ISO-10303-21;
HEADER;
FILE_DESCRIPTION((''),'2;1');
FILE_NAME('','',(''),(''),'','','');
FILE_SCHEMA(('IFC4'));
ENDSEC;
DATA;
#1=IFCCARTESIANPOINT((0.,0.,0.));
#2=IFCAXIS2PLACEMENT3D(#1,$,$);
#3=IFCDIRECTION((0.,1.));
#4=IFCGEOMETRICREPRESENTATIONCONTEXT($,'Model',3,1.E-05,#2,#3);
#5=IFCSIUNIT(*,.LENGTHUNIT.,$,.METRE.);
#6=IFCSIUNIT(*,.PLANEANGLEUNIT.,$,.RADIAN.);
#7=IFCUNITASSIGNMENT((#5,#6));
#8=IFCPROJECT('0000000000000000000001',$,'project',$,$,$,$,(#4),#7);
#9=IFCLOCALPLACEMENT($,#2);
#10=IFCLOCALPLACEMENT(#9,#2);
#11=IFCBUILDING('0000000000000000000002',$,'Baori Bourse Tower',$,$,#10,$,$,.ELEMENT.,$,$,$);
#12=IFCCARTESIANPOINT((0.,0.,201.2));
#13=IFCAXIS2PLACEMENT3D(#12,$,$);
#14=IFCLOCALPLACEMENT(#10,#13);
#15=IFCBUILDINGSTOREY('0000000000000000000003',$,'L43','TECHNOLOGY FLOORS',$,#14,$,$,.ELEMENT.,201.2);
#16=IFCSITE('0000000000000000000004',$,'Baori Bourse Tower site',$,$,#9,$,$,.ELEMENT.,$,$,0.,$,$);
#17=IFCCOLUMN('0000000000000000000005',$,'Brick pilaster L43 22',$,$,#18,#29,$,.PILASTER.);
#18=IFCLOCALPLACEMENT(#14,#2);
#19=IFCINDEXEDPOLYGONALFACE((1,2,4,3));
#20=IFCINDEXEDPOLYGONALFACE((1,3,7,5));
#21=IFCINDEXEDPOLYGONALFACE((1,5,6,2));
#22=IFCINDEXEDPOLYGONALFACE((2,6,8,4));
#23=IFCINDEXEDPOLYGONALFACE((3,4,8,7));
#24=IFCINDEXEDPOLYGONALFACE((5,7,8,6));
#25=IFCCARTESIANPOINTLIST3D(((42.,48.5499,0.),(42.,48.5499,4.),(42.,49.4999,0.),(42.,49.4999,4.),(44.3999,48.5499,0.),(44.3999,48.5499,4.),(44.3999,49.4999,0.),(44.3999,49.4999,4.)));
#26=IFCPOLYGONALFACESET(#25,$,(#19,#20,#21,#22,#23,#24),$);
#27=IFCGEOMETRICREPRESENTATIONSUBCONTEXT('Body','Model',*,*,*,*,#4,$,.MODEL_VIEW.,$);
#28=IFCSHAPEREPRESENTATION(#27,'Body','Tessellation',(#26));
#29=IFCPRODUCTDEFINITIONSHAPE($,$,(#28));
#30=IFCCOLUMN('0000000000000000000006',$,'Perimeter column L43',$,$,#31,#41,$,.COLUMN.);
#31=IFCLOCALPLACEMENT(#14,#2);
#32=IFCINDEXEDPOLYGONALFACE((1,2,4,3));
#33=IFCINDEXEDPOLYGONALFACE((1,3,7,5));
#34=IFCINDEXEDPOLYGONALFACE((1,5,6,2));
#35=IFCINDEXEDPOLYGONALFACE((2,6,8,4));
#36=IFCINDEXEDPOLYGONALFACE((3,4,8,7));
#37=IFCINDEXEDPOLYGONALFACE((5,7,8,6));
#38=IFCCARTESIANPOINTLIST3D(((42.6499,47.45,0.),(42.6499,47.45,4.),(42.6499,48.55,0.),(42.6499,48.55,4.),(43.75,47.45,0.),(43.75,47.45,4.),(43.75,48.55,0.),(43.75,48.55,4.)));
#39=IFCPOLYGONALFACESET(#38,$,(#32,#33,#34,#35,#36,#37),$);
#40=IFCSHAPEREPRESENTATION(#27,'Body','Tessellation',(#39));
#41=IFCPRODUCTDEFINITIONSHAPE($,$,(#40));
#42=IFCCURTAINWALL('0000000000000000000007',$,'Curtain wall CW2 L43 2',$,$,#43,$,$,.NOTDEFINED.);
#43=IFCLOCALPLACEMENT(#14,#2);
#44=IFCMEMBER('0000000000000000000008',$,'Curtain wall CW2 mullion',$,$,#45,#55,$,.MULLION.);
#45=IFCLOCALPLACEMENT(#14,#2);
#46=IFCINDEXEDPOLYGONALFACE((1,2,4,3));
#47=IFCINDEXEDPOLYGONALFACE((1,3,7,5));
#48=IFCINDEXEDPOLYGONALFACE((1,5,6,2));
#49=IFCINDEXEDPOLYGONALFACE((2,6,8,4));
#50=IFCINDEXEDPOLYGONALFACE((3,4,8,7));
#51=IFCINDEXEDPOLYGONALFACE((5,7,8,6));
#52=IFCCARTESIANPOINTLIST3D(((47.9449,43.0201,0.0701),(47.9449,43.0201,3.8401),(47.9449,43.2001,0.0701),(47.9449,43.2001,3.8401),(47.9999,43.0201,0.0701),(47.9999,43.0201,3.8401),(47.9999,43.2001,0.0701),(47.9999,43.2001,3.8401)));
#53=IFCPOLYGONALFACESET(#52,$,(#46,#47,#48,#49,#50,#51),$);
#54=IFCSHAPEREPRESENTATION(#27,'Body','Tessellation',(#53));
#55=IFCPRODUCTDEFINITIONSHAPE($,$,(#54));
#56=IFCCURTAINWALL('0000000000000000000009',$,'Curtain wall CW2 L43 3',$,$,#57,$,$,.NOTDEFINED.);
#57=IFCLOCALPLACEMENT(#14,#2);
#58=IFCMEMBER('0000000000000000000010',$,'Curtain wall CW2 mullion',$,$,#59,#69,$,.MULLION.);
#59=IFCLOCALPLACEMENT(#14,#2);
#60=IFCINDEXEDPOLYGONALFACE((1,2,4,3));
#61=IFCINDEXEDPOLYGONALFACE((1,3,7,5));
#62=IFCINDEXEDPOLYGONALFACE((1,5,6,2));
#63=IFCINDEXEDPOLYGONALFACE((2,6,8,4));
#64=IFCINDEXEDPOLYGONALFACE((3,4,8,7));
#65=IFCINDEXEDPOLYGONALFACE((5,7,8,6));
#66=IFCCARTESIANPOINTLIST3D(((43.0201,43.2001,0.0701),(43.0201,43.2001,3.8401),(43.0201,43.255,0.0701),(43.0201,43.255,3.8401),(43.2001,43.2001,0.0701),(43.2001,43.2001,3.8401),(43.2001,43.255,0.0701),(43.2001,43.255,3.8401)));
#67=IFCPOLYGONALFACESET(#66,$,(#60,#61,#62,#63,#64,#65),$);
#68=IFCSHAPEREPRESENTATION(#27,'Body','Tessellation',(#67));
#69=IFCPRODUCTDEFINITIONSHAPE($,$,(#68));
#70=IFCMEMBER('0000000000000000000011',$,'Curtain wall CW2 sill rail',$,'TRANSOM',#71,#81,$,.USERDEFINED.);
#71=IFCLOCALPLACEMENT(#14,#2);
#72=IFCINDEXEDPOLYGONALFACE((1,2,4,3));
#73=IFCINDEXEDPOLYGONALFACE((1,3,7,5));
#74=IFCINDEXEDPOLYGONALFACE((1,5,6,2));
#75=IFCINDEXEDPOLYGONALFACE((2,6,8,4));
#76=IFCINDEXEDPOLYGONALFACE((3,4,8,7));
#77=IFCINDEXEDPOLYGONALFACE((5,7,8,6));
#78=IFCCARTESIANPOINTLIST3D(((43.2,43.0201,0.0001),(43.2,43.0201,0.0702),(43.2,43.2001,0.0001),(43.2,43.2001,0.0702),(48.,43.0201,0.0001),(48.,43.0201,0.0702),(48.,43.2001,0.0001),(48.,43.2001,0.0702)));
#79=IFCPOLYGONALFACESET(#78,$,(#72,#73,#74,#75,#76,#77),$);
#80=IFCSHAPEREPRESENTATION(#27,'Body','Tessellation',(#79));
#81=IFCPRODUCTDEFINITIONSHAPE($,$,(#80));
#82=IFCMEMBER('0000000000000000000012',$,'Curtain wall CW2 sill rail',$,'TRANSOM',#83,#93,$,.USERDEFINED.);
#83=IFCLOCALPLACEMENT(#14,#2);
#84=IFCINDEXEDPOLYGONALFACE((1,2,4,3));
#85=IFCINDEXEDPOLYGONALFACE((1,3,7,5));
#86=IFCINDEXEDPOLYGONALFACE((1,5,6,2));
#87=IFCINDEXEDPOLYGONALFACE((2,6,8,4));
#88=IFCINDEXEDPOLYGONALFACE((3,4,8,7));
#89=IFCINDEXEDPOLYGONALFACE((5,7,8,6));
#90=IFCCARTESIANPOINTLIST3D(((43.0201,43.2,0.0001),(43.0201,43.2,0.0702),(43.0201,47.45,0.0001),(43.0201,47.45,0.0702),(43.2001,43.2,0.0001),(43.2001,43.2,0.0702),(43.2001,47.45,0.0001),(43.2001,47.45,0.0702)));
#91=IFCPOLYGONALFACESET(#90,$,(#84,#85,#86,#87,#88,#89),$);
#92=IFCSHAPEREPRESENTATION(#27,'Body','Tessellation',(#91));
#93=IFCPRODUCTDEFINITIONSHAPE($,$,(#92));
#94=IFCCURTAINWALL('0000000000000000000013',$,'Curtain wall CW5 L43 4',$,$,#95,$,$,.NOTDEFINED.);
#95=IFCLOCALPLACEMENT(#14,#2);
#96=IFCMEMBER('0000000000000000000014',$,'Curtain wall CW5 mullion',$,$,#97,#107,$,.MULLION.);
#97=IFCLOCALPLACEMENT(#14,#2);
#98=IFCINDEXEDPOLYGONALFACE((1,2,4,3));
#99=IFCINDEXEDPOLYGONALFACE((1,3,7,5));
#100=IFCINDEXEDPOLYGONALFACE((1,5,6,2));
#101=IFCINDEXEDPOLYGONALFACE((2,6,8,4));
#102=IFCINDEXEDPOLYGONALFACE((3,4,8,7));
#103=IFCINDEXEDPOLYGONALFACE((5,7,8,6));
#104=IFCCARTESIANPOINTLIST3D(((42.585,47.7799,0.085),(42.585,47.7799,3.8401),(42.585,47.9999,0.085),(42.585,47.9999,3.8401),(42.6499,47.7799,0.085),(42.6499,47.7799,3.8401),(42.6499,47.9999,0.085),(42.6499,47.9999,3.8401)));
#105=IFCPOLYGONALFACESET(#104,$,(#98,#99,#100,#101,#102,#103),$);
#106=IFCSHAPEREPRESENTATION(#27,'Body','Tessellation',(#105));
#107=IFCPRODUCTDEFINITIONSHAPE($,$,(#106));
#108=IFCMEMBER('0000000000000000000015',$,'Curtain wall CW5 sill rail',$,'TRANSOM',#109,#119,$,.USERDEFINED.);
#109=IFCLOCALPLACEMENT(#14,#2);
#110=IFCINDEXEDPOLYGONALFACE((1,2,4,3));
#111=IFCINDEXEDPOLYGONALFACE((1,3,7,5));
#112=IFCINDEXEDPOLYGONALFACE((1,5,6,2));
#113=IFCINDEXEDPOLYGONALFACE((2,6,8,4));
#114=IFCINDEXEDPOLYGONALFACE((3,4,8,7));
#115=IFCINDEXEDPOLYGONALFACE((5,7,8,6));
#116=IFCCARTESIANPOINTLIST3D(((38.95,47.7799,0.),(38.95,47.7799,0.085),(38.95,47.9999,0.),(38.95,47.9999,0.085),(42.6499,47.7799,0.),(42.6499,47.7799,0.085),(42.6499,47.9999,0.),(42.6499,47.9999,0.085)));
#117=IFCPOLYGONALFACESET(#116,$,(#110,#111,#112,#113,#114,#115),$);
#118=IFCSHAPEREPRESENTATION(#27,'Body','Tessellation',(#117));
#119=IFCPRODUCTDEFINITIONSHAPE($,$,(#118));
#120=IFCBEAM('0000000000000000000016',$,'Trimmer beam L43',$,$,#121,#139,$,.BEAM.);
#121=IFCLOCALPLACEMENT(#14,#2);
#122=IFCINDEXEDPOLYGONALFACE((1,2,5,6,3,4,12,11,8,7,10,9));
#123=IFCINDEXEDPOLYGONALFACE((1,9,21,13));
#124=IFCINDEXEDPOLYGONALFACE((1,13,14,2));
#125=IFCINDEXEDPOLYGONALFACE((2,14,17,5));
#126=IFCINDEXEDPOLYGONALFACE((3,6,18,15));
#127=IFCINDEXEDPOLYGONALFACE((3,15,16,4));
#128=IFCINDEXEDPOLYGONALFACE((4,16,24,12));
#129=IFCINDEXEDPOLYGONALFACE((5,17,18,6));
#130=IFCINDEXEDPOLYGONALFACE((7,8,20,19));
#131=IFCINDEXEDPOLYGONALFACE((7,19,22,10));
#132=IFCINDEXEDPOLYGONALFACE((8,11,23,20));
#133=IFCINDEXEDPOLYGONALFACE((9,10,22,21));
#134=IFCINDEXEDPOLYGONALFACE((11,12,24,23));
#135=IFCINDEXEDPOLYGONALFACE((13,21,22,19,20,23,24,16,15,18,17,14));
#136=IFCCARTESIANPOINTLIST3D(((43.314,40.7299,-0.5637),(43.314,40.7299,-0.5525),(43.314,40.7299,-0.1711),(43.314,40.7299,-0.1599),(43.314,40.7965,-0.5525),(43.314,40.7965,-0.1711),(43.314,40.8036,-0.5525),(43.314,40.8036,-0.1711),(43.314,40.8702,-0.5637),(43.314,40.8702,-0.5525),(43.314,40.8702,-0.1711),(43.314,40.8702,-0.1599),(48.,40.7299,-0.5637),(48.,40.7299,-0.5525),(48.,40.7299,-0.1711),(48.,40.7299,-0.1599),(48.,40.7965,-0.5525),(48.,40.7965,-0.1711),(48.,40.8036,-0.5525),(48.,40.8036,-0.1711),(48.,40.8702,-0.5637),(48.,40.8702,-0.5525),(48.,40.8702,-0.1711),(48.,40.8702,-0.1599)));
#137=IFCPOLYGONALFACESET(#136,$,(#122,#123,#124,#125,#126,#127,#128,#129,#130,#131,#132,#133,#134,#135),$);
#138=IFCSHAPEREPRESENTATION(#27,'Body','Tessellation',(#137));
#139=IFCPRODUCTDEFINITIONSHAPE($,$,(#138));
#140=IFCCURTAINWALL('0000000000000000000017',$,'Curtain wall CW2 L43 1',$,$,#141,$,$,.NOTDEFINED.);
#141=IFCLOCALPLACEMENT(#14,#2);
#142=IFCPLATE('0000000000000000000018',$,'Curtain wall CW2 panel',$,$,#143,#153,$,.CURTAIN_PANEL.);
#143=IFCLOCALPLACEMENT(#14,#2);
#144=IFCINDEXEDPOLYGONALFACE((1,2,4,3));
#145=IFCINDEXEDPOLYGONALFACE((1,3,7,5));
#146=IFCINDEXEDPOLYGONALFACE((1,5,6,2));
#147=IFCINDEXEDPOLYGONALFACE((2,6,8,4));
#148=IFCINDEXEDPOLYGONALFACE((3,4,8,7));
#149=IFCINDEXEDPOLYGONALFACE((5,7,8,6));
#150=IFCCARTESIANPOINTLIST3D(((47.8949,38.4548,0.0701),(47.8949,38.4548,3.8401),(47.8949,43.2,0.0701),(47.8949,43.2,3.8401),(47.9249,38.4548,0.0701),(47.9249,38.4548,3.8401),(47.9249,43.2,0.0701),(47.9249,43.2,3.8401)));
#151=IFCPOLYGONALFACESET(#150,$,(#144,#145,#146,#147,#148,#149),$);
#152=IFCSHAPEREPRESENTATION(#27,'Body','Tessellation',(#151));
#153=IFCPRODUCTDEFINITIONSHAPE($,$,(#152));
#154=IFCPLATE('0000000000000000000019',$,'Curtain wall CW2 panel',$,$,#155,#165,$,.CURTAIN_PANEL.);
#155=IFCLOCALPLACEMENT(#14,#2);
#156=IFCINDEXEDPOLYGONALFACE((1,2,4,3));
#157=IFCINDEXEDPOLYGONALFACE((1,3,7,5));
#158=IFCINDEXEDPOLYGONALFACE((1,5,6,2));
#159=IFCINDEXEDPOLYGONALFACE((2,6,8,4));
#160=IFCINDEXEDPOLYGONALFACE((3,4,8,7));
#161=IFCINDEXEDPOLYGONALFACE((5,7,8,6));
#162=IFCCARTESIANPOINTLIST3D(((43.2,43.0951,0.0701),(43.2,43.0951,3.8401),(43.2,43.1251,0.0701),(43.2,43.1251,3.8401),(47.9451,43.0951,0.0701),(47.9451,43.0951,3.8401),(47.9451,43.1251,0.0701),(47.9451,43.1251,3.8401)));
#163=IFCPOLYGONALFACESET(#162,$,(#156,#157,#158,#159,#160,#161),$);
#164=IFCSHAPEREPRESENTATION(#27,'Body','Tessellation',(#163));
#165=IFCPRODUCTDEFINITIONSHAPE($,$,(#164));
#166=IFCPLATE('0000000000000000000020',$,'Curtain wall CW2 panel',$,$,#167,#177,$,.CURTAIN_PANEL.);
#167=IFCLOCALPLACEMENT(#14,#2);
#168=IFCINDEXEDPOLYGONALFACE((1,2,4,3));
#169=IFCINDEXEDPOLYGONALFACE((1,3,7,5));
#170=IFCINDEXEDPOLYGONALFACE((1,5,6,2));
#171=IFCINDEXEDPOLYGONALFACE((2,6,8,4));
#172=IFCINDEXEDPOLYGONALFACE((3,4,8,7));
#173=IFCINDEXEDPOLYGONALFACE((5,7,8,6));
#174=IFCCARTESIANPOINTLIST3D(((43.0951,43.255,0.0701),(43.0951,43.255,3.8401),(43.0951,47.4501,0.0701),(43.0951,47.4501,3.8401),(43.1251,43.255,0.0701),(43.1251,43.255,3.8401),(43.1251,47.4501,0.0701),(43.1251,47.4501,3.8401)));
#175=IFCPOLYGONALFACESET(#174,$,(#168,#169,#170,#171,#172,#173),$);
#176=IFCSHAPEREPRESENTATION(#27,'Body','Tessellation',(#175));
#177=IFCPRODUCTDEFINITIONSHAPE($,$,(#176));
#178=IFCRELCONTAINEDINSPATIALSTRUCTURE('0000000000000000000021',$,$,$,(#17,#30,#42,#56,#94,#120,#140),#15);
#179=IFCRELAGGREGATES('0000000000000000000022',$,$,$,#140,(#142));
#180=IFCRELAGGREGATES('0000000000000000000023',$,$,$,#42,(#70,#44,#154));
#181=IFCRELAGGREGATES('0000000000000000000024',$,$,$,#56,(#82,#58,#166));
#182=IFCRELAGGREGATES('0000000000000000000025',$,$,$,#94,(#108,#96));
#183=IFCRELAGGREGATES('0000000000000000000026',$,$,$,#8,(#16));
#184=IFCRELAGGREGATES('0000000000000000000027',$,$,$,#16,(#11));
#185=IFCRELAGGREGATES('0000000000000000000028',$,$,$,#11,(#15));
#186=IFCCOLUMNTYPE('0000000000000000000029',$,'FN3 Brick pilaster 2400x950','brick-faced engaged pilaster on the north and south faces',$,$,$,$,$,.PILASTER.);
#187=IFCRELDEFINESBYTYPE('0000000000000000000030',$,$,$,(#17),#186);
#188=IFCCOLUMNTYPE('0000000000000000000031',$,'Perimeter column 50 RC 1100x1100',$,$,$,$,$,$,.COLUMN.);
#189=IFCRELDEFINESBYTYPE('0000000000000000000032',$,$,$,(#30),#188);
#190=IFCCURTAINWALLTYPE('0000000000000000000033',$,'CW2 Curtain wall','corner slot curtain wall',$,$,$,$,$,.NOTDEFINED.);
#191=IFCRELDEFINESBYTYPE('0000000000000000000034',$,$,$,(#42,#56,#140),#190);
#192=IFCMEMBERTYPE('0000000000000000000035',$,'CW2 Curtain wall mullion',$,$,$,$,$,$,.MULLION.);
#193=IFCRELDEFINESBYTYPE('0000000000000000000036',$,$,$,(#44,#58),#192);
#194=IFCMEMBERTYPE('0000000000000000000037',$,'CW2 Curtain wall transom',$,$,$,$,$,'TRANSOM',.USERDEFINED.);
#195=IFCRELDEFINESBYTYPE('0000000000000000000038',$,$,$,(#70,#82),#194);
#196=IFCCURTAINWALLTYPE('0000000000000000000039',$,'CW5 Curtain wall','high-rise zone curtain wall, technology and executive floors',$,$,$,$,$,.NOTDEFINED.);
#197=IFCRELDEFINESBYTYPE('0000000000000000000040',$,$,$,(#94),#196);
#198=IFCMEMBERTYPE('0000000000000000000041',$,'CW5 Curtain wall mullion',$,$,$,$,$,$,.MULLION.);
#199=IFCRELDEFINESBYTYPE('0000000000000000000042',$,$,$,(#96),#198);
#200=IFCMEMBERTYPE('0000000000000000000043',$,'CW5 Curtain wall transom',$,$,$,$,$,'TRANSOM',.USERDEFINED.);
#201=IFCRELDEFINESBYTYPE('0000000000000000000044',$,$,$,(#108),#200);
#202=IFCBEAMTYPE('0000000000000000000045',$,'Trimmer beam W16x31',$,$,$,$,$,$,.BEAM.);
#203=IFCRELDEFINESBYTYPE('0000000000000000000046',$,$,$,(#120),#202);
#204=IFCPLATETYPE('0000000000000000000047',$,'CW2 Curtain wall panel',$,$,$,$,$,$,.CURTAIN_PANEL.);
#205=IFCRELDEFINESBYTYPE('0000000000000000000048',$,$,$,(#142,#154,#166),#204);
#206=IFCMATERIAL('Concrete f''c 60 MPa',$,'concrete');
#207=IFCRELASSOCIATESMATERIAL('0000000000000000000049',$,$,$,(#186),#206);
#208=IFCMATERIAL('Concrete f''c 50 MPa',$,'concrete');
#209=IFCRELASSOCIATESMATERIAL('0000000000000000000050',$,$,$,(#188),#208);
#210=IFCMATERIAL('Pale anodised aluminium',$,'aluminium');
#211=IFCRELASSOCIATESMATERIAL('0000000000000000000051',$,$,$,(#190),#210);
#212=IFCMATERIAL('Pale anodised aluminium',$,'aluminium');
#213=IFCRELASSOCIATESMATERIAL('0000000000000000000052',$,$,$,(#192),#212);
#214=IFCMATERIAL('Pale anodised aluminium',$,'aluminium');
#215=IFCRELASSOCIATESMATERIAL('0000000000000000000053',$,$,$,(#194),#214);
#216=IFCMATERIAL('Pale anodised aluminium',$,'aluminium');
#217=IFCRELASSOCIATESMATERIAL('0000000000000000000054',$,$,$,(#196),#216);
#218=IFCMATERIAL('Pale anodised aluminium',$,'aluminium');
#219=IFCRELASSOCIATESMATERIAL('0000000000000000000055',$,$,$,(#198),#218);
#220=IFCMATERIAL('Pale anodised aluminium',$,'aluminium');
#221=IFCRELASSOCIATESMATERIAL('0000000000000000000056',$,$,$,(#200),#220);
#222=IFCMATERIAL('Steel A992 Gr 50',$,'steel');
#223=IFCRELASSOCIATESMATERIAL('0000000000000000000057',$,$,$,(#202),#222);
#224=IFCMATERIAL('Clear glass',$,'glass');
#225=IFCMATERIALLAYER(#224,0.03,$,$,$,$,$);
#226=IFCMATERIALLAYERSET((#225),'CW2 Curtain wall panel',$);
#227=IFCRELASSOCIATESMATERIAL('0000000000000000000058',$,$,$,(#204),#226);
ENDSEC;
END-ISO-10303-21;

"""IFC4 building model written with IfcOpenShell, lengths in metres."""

from ifc_helpers import new_model, si_unit, direction, frame, origin, origin_2d, place, context, subcontext, project, spatial, rectangle, i_section, extrude, material, layer, layer_set, material_profile, profile_set, type_object, element, aggregate, save


model = new_model("IFC4")

# Units and contexts
model_context = context("Model", 3, precision=1e-05, world=origin(), true_north=direction((0.0, 1.0)))
body_context = subcontext(model_context, "Body", "Model", "MODEL_VIEW")
ifc_project = project(units=[si_unit("LENGTHUNIT", "METRE"), si_unit("PLANEANGLEUNIT", "RADIAN")], contexts=[model_context])

# Site, building, storey
site_placement = place(None, origin())
site = spatial("IfcSite", under=ifc_project, at=site_placement, Name="Baori Bourse Tower site", CompositionType="ELEMENT", RefElevation=0.0)
building_placement = place(site_placement, origin())
building = spatial("IfcBuilding", under=site, at=building_placement, Name="Baori Bourse Tower", CompositionType="ELEMENT")
storey_placement = place(building_placement, frame((0.0, 0.0, 201.2)))
storey = spatial("IfcBuildingStorey", under=building, at=storey_placement, Name="L43", Description="TECHNOLOGY FLOORS", CompositionType="ELEMENT", Elevation=201.2)

# Columns
ifc_material_1 = material(Name="Concrete f'c 60 MPa", Category="concrete")
ifc_material_profile_1 = material_profile(ifc_material_1, rectangle(XDim=2.3999, YDim=0.95, at=origin_2d()), Name="RC 2400x950")
ifc_profile_set_1 = profile_set([ifc_material_profile_1], Name="Concrete f'c 60 MPa")
column_type_1 = type_object("IfcColumnType", Name="FN3 Brick pilaster 2400x950", Description="brick-faced engaged pilaster on the north and south faces", PredefinedType="PILASTER", material=ifc_profile_set_1)
column_1_placement = place(storey_placement, frame((43.2, 49.0249, 0.0), z_axis=(0.0, 0.0, 1.0), x_axis=(1.0, 0.0, 0.0)))
element("IfcColumn", 1, at=column_1_placement, inside=storey, type_object=column_type_1, Name="Brick pilaster L43 22", PredefinedType="PILASTER", context=body_context, shape_type="SweptSolid", body=[
    extrude(rectangle(XDim=2.3999, YDim=0.95, at=origin_2d()), origin(), (0.0, 0.0, 1.0), 4.0),
])
ifc_material_2 = material(Name="Concrete f'c 50 MPa", Category="concrete")
ifc_material_profile_2 = material_profile(ifc_material_2, rectangle(XDim=1.1001, YDim=1.1001, at=origin_2d()), Name="RC 1100x1100")
ifc_profile_set_2 = profile_set([ifc_material_profile_2], Name="Concrete f'c 50 MPa")
column_type_2 = type_object("IfcColumnType", Name="Perimeter column 50 RC 1100x1100", PredefinedType="COLUMN", material=ifc_profile_set_2)
column_2_placement = place(storey_placement, frame((43.2, 48.0, 0.0), z_axis=(0.0, 0.0, 1.0), x_axis=(1.0, 0.0, 0.0)))
element("IfcColumn", 2, at=column_2_placement, inside=storey, type_object=column_type_2, Name="Perimeter column L43", PredefinedType="COLUMN", context=body_context, shape_type="SweptSolid", body=[
    extrude(rectangle(XDim=1.1001, YDim=1.1001, at=origin_2d()), origin(), (0.0, 0.0, 1.0), 4.0),
])

# Curtain walls, members
ifc_material_3 = material(Name="Pale anodised aluminium", Category="aluminium")
curtain_wall_type_1 = type_object("IfcCurtainWallType", Name="CW2 Curtain wall", Description="corner slot curtain wall", PredefinedType="NOTDEFINED", material=ifc_material_3)
curtain_wall_1_placement = place(storey_placement, origin())
curtain_wall_1 = element("IfcCurtainWall", 3, at=curtain_wall_1_placement, inside=storey, type_object=curtain_wall_type_1, Name="Curtain wall CW2 L43 2", PredefinedType="NOTDEFINED")
ifc_material_4 = material(Name="Pale anodised aluminium", Category="aluminium")
ifc_material_profile_3 = material_profile(ifc_material_4, rectangle(XDim=0.1799, YDim=0.0549, at=origin_2d()), Name="Mullion 55x180")
ifc_profile_set_3 = profile_set([ifc_material_profile_3], Name="Pale anodised aluminium")
member_type_1 = type_object("IfcMemberType", Name="CW2 Curtain wall mullion", PredefinedType="MULLION", material=ifc_profile_set_3)
member_1_placement = place(storey_placement, frame((47.9724, 43.1101, 0.0701), z_axis=(0.0, 0.0, 1.0), x_axis=(0.0, -1.0, 0.0)))
member_1 = element("IfcMember", 4, at=member_1_placement, type_object=member_type_1, Name="Curtain wall CW2 mullion", PredefinedType="MULLION", context=body_context, shape_type="SweptSolid", body=[
    extrude(rectangle(XDim=0.1799, YDim=0.0549, at=origin_2d()), origin(), (0.0, 0.0, 1.0), 3.77),
])
curtain_wall_2_placement = place(storey_placement, origin())
curtain_wall_2 = element("IfcCurtainWall", 5, at=curtain_wall_2_placement, inside=storey, type_object=curtain_wall_type_1, Name="Curtain wall CW2 L43 3", PredefinedType="NOTDEFINED")
member_2_placement = place(storey_placement, frame((43.1101, 43.2275, 0.0701), z_axis=(0.0, 0.0, 1.0), x_axis=(-1.0, 0.0, 0.0)))
member_2 = element("IfcMember", 6, at=member_2_placement, type_object=member_type_1, Name="Curtain wall CW2 mullion", PredefinedType="MULLION", context=body_context, shape_type="SweptSolid", body=[
    extrude(rectangle(XDim=0.1799, YDim=0.0549, at=origin_2d()), origin(), (0.0, 0.0, 1.0), 3.77),
])

# Members
ifc_material_5 = material(Name="Pale anodised aluminium", Category="aluminium")
ifc_material_profile_4 = material_profile(ifc_material_5, rectangle(XDim=0.1799, YDim=0.0701, at=origin_2d()), Name="Transom 70x180")
ifc_profile_set_4 = profile_set([ifc_material_profile_4], Name="Pale anodised aluminium")
member_type_2 = type_object("IfcMemberType", Name="CW2 Curtain wall transom", ElementType="TRANSOM", PredefinedType="USERDEFINED", material=ifc_profile_set_4)
member_3_placement = place(storey_placement, frame((48.0, 43.1101, 0.0352), z_axis=(-1.0, 0.0, 0.0), x_axis=(0.0, -1.0, 0.0)))
member_3 = element("IfcMember", 7, at=member_3_placement, type_object=member_type_2, Name="Curtain wall CW2 sill rail", ObjectType="TRANSOM", PredefinedType="USERDEFINED", context=body_context, shape_type="SweptSolid", body=[
    extrude(rectangle(XDim=0.1799, YDim=0.0701, at=origin_2d()), origin(), (0.0, 0.0, 1.0), 4.8),
])
member_4_placement = place(storey_placement, frame((43.1101, 43.2, 0.0352), z_axis=(0.0, 1.0, 0.0), x_axis=(-1.0, 0.0, 0.0)))
member_4 = element("IfcMember", 8, at=member_4_placement, type_object=member_type_2, Name="Curtain wall CW2 sill rail", ObjectType="TRANSOM", PredefinedType="USERDEFINED", context=body_context, shape_type="SweptSolid", body=[
    extrude(rectangle(XDim=0.1799, YDim=0.0701, at=origin_2d()), origin(), (0.0, 0.0, 1.0), 4.25),
])

# Curtain wall, members
ifc_material_6 = material(Name="Pale anodised aluminium", Category="aluminium")
curtain_wall_type_2 = type_object("IfcCurtainWallType", Name="CW5 Curtain wall", Description="high-rise zone curtain wall, technology and executive floors", PredefinedType="NOTDEFINED", material=ifc_material_6)
curtain_wall_3_placement = place(storey_placement, origin())
curtain_wall_3 = element("IfcCurtainWall", 9, at=curtain_wall_3_placement, inside=storey, type_object=curtain_wall_type_2, Name="Curtain wall CW5 L43 4", PredefinedType="NOTDEFINED")
ifc_material_7 = material(Name="Pale anodised aluminium", Category="aluminium")
ifc_material_profile_5 = material_profile(ifc_material_7, rectangle(XDim=0.22, YDim=0.0649, at=origin_2d()), Name="Mullion 65x220")
ifc_profile_set_5 = profile_set([ifc_material_profile_5], Name="Pale anodised aluminium")
member_type_3 = type_object("IfcMemberType", Name="CW5 Curtain wall mullion", PredefinedType="MULLION", material=ifc_profile_set_5)
member_5_placement = place(storey_placement, frame((42.6174, 47.8899, 0.085), z_axis=(0.0, 0.0, 1.0), x_axis=(0.0, -1.0, 0.0)))
member_5 = element("IfcMember", 10, at=member_5_placement, type_object=member_type_3, Name="Curtain wall CW5 mullion", PredefinedType="MULLION", context=body_context, shape_type="SweptSolid", body=[
    extrude(rectangle(XDim=0.22, YDim=0.0649, at=origin_2d()), origin(), (0.0, 0.0, 1.0), 3.7551),
])
ifc_material_8 = material(Name="Pale anodised aluminium", Category="aluminium")
ifc_material_profile_6 = material_profile(ifc_material_8, rectangle(XDim=0.22, YDim=0.085, at=origin_2d()), Name="Transom 85x220")
ifc_profile_set_6 = profile_set([ifc_material_profile_6], Name="Pale anodised aluminium")
member_type_4 = type_object("IfcMemberType", Name="CW5 Curtain wall transom", ElementType="TRANSOM", PredefinedType="USERDEFINED", material=ifc_profile_set_6)
member_6_placement = place(storey_placement, frame((42.6499, 47.8899, 0.0425), z_axis=(-1.0, 0.0, 0.0), x_axis=(0.0, -1.0, 0.0)))
member_6 = element("IfcMember", 11, at=member_6_placement, type_object=member_type_4, Name="Curtain wall CW5 sill rail", ObjectType="TRANSOM", PredefinedType="USERDEFINED", context=body_context, shape_type="SweptSolid", body=[
    extrude(rectangle(XDim=0.22, YDim=0.085, at=origin_2d()), origin(), (0.0, 0.0, 1.0), 3.7),
])

# Beam
ifc_material_9 = material(Name="Steel A992 Gr 50", Category="steel")
ifc_material_profile_7 = material_profile(ifc_material_9, i_section(OverallWidth=0.1404, OverallDepth=0.4038, WebThickness=0.0071, FlangeThickness=0.0112, at=origin_2d()), Name="W16x31")
ifc_profile_set_7 = profile_set([ifc_material_profile_7], Name="Steel A992 Gr 50")
beam_type = type_object("IfcBeamType", Name="Trimmer beam W16x31", PredefinedType="BEAM", material=ifc_profile_set_7)
beam_placement = place(storey_placement, frame((43.314, 40.8, -0.3618), z_axis=(1.0, 0.0, 0.0), x_axis=(0.0, 1.0, 0.0)))
element("IfcBeam", 12, at=beam_placement, inside=storey, type_object=beam_type, Name="Trimmer beam L43", PredefinedType="BEAM", context=body_context, shape_type="SweptSolid", body=[
    extrude(i_section(OverallWidth=0.1404, OverallDepth=0.4038, WebThickness=0.0071, FlangeThickness=0.0112, at=origin_2d()), origin(), (0.0, 0.0, 1.0), 4.686),
])

# Curtain wall, plate
curtain_wall_4_placement = place(storey_placement, origin())
curtain_wall_4 = element("IfcCurtainWall", 13, at=curtain_wall_4_placement, inside=storey, type_object=curtain_wall_type_1, Name="Curtain wall CW2 L43 1", PredefinedType="NOTDEFINED")
ifc_material_10 = material(Name="Clear glass", Category="glass")
ifc_layer_1 = layer(ifc_material_10, 0.03)
ifc_layer_set_1 = layer_set([ifc_layer_1], Name="CW2 Curtain wall panel")
plate_type_1 = type_object("IfcPlateType", Name="CW2 Curtain wall panel", PredefinedType="CURTAIN_PANEL", material=ifc_layer_set_1)
plate_1_placement = place(storey_placement, frame((47.9099, 40.8274, 0.0701), z_axis=(0.0, 0.0, 1.0), x_axis=(0.0, 1.0, 0.0)))
plate_1 = element("IfcPlate", 14, at=plate_1_placement, type_object=plate_type_1, Name="Curtain wall CW2 panel", PredefinedType="CURTAIN_PANEL", context=body_context, shape_type="SweptSolid", body=[
    extrude(rectangle(XDim=4.7451, YDim=0.03, at=origin_2d()), origin(), (0.0, 0.0, 1.0), 3.77),
])
aggregate(curtain_wall_4, [plate_1])

# Plates
plate_2_placement = place(storey_placement, frame((45.5725, 43.1101, 0.0701), z_axis=(0.0, 0.0, 1.0), x_axis=(-1.0, 0.0, 0.0)))
plate_2 = element("IfcPlate", 15, at=plate_2_placement, type_object=plate_type_1, Name="Curtain wall CW2 panel", PredefinedType="CURTAIN_PANEL", context=body_context, shape_type="SweptSolid", body=[
    extrude(rectangle(XDim=4.7451, YDim=0.03, at=origin_2d()), origin(), (0.0, 0.0, 1.0), 3.77),
])
aggregate(curtain_wall_1, [member_3, member_1, plate_2])
plate_3_placement = place(storey_placement, frame((43.1101, 45.3525, 0.0701), z_axis=(0.0, 0.0, 1.0), x_axis=(0.0, 1.0, 0.0)))
plate_3 = element("IfcPlate", 16, at=plate_3_placement, type_object=plate_type_1, Name="Curtain wall CW2 panel", PredefinedType="CURTAIN_PANEL", context=body_context, shape_type="SweptSolid", body=[
    extrude(rectangle(XDim=4.1951, YDim=0.03, at=origin_2d()), origin(), (0.0, 0.0, 1.0), 3.77),
])
aggregate(curtain_wall_2, [member_4, member_2, plate_3])
aggregate(curtain_wall_3, [member_6, member_5])

save(model, "model.ifc")
